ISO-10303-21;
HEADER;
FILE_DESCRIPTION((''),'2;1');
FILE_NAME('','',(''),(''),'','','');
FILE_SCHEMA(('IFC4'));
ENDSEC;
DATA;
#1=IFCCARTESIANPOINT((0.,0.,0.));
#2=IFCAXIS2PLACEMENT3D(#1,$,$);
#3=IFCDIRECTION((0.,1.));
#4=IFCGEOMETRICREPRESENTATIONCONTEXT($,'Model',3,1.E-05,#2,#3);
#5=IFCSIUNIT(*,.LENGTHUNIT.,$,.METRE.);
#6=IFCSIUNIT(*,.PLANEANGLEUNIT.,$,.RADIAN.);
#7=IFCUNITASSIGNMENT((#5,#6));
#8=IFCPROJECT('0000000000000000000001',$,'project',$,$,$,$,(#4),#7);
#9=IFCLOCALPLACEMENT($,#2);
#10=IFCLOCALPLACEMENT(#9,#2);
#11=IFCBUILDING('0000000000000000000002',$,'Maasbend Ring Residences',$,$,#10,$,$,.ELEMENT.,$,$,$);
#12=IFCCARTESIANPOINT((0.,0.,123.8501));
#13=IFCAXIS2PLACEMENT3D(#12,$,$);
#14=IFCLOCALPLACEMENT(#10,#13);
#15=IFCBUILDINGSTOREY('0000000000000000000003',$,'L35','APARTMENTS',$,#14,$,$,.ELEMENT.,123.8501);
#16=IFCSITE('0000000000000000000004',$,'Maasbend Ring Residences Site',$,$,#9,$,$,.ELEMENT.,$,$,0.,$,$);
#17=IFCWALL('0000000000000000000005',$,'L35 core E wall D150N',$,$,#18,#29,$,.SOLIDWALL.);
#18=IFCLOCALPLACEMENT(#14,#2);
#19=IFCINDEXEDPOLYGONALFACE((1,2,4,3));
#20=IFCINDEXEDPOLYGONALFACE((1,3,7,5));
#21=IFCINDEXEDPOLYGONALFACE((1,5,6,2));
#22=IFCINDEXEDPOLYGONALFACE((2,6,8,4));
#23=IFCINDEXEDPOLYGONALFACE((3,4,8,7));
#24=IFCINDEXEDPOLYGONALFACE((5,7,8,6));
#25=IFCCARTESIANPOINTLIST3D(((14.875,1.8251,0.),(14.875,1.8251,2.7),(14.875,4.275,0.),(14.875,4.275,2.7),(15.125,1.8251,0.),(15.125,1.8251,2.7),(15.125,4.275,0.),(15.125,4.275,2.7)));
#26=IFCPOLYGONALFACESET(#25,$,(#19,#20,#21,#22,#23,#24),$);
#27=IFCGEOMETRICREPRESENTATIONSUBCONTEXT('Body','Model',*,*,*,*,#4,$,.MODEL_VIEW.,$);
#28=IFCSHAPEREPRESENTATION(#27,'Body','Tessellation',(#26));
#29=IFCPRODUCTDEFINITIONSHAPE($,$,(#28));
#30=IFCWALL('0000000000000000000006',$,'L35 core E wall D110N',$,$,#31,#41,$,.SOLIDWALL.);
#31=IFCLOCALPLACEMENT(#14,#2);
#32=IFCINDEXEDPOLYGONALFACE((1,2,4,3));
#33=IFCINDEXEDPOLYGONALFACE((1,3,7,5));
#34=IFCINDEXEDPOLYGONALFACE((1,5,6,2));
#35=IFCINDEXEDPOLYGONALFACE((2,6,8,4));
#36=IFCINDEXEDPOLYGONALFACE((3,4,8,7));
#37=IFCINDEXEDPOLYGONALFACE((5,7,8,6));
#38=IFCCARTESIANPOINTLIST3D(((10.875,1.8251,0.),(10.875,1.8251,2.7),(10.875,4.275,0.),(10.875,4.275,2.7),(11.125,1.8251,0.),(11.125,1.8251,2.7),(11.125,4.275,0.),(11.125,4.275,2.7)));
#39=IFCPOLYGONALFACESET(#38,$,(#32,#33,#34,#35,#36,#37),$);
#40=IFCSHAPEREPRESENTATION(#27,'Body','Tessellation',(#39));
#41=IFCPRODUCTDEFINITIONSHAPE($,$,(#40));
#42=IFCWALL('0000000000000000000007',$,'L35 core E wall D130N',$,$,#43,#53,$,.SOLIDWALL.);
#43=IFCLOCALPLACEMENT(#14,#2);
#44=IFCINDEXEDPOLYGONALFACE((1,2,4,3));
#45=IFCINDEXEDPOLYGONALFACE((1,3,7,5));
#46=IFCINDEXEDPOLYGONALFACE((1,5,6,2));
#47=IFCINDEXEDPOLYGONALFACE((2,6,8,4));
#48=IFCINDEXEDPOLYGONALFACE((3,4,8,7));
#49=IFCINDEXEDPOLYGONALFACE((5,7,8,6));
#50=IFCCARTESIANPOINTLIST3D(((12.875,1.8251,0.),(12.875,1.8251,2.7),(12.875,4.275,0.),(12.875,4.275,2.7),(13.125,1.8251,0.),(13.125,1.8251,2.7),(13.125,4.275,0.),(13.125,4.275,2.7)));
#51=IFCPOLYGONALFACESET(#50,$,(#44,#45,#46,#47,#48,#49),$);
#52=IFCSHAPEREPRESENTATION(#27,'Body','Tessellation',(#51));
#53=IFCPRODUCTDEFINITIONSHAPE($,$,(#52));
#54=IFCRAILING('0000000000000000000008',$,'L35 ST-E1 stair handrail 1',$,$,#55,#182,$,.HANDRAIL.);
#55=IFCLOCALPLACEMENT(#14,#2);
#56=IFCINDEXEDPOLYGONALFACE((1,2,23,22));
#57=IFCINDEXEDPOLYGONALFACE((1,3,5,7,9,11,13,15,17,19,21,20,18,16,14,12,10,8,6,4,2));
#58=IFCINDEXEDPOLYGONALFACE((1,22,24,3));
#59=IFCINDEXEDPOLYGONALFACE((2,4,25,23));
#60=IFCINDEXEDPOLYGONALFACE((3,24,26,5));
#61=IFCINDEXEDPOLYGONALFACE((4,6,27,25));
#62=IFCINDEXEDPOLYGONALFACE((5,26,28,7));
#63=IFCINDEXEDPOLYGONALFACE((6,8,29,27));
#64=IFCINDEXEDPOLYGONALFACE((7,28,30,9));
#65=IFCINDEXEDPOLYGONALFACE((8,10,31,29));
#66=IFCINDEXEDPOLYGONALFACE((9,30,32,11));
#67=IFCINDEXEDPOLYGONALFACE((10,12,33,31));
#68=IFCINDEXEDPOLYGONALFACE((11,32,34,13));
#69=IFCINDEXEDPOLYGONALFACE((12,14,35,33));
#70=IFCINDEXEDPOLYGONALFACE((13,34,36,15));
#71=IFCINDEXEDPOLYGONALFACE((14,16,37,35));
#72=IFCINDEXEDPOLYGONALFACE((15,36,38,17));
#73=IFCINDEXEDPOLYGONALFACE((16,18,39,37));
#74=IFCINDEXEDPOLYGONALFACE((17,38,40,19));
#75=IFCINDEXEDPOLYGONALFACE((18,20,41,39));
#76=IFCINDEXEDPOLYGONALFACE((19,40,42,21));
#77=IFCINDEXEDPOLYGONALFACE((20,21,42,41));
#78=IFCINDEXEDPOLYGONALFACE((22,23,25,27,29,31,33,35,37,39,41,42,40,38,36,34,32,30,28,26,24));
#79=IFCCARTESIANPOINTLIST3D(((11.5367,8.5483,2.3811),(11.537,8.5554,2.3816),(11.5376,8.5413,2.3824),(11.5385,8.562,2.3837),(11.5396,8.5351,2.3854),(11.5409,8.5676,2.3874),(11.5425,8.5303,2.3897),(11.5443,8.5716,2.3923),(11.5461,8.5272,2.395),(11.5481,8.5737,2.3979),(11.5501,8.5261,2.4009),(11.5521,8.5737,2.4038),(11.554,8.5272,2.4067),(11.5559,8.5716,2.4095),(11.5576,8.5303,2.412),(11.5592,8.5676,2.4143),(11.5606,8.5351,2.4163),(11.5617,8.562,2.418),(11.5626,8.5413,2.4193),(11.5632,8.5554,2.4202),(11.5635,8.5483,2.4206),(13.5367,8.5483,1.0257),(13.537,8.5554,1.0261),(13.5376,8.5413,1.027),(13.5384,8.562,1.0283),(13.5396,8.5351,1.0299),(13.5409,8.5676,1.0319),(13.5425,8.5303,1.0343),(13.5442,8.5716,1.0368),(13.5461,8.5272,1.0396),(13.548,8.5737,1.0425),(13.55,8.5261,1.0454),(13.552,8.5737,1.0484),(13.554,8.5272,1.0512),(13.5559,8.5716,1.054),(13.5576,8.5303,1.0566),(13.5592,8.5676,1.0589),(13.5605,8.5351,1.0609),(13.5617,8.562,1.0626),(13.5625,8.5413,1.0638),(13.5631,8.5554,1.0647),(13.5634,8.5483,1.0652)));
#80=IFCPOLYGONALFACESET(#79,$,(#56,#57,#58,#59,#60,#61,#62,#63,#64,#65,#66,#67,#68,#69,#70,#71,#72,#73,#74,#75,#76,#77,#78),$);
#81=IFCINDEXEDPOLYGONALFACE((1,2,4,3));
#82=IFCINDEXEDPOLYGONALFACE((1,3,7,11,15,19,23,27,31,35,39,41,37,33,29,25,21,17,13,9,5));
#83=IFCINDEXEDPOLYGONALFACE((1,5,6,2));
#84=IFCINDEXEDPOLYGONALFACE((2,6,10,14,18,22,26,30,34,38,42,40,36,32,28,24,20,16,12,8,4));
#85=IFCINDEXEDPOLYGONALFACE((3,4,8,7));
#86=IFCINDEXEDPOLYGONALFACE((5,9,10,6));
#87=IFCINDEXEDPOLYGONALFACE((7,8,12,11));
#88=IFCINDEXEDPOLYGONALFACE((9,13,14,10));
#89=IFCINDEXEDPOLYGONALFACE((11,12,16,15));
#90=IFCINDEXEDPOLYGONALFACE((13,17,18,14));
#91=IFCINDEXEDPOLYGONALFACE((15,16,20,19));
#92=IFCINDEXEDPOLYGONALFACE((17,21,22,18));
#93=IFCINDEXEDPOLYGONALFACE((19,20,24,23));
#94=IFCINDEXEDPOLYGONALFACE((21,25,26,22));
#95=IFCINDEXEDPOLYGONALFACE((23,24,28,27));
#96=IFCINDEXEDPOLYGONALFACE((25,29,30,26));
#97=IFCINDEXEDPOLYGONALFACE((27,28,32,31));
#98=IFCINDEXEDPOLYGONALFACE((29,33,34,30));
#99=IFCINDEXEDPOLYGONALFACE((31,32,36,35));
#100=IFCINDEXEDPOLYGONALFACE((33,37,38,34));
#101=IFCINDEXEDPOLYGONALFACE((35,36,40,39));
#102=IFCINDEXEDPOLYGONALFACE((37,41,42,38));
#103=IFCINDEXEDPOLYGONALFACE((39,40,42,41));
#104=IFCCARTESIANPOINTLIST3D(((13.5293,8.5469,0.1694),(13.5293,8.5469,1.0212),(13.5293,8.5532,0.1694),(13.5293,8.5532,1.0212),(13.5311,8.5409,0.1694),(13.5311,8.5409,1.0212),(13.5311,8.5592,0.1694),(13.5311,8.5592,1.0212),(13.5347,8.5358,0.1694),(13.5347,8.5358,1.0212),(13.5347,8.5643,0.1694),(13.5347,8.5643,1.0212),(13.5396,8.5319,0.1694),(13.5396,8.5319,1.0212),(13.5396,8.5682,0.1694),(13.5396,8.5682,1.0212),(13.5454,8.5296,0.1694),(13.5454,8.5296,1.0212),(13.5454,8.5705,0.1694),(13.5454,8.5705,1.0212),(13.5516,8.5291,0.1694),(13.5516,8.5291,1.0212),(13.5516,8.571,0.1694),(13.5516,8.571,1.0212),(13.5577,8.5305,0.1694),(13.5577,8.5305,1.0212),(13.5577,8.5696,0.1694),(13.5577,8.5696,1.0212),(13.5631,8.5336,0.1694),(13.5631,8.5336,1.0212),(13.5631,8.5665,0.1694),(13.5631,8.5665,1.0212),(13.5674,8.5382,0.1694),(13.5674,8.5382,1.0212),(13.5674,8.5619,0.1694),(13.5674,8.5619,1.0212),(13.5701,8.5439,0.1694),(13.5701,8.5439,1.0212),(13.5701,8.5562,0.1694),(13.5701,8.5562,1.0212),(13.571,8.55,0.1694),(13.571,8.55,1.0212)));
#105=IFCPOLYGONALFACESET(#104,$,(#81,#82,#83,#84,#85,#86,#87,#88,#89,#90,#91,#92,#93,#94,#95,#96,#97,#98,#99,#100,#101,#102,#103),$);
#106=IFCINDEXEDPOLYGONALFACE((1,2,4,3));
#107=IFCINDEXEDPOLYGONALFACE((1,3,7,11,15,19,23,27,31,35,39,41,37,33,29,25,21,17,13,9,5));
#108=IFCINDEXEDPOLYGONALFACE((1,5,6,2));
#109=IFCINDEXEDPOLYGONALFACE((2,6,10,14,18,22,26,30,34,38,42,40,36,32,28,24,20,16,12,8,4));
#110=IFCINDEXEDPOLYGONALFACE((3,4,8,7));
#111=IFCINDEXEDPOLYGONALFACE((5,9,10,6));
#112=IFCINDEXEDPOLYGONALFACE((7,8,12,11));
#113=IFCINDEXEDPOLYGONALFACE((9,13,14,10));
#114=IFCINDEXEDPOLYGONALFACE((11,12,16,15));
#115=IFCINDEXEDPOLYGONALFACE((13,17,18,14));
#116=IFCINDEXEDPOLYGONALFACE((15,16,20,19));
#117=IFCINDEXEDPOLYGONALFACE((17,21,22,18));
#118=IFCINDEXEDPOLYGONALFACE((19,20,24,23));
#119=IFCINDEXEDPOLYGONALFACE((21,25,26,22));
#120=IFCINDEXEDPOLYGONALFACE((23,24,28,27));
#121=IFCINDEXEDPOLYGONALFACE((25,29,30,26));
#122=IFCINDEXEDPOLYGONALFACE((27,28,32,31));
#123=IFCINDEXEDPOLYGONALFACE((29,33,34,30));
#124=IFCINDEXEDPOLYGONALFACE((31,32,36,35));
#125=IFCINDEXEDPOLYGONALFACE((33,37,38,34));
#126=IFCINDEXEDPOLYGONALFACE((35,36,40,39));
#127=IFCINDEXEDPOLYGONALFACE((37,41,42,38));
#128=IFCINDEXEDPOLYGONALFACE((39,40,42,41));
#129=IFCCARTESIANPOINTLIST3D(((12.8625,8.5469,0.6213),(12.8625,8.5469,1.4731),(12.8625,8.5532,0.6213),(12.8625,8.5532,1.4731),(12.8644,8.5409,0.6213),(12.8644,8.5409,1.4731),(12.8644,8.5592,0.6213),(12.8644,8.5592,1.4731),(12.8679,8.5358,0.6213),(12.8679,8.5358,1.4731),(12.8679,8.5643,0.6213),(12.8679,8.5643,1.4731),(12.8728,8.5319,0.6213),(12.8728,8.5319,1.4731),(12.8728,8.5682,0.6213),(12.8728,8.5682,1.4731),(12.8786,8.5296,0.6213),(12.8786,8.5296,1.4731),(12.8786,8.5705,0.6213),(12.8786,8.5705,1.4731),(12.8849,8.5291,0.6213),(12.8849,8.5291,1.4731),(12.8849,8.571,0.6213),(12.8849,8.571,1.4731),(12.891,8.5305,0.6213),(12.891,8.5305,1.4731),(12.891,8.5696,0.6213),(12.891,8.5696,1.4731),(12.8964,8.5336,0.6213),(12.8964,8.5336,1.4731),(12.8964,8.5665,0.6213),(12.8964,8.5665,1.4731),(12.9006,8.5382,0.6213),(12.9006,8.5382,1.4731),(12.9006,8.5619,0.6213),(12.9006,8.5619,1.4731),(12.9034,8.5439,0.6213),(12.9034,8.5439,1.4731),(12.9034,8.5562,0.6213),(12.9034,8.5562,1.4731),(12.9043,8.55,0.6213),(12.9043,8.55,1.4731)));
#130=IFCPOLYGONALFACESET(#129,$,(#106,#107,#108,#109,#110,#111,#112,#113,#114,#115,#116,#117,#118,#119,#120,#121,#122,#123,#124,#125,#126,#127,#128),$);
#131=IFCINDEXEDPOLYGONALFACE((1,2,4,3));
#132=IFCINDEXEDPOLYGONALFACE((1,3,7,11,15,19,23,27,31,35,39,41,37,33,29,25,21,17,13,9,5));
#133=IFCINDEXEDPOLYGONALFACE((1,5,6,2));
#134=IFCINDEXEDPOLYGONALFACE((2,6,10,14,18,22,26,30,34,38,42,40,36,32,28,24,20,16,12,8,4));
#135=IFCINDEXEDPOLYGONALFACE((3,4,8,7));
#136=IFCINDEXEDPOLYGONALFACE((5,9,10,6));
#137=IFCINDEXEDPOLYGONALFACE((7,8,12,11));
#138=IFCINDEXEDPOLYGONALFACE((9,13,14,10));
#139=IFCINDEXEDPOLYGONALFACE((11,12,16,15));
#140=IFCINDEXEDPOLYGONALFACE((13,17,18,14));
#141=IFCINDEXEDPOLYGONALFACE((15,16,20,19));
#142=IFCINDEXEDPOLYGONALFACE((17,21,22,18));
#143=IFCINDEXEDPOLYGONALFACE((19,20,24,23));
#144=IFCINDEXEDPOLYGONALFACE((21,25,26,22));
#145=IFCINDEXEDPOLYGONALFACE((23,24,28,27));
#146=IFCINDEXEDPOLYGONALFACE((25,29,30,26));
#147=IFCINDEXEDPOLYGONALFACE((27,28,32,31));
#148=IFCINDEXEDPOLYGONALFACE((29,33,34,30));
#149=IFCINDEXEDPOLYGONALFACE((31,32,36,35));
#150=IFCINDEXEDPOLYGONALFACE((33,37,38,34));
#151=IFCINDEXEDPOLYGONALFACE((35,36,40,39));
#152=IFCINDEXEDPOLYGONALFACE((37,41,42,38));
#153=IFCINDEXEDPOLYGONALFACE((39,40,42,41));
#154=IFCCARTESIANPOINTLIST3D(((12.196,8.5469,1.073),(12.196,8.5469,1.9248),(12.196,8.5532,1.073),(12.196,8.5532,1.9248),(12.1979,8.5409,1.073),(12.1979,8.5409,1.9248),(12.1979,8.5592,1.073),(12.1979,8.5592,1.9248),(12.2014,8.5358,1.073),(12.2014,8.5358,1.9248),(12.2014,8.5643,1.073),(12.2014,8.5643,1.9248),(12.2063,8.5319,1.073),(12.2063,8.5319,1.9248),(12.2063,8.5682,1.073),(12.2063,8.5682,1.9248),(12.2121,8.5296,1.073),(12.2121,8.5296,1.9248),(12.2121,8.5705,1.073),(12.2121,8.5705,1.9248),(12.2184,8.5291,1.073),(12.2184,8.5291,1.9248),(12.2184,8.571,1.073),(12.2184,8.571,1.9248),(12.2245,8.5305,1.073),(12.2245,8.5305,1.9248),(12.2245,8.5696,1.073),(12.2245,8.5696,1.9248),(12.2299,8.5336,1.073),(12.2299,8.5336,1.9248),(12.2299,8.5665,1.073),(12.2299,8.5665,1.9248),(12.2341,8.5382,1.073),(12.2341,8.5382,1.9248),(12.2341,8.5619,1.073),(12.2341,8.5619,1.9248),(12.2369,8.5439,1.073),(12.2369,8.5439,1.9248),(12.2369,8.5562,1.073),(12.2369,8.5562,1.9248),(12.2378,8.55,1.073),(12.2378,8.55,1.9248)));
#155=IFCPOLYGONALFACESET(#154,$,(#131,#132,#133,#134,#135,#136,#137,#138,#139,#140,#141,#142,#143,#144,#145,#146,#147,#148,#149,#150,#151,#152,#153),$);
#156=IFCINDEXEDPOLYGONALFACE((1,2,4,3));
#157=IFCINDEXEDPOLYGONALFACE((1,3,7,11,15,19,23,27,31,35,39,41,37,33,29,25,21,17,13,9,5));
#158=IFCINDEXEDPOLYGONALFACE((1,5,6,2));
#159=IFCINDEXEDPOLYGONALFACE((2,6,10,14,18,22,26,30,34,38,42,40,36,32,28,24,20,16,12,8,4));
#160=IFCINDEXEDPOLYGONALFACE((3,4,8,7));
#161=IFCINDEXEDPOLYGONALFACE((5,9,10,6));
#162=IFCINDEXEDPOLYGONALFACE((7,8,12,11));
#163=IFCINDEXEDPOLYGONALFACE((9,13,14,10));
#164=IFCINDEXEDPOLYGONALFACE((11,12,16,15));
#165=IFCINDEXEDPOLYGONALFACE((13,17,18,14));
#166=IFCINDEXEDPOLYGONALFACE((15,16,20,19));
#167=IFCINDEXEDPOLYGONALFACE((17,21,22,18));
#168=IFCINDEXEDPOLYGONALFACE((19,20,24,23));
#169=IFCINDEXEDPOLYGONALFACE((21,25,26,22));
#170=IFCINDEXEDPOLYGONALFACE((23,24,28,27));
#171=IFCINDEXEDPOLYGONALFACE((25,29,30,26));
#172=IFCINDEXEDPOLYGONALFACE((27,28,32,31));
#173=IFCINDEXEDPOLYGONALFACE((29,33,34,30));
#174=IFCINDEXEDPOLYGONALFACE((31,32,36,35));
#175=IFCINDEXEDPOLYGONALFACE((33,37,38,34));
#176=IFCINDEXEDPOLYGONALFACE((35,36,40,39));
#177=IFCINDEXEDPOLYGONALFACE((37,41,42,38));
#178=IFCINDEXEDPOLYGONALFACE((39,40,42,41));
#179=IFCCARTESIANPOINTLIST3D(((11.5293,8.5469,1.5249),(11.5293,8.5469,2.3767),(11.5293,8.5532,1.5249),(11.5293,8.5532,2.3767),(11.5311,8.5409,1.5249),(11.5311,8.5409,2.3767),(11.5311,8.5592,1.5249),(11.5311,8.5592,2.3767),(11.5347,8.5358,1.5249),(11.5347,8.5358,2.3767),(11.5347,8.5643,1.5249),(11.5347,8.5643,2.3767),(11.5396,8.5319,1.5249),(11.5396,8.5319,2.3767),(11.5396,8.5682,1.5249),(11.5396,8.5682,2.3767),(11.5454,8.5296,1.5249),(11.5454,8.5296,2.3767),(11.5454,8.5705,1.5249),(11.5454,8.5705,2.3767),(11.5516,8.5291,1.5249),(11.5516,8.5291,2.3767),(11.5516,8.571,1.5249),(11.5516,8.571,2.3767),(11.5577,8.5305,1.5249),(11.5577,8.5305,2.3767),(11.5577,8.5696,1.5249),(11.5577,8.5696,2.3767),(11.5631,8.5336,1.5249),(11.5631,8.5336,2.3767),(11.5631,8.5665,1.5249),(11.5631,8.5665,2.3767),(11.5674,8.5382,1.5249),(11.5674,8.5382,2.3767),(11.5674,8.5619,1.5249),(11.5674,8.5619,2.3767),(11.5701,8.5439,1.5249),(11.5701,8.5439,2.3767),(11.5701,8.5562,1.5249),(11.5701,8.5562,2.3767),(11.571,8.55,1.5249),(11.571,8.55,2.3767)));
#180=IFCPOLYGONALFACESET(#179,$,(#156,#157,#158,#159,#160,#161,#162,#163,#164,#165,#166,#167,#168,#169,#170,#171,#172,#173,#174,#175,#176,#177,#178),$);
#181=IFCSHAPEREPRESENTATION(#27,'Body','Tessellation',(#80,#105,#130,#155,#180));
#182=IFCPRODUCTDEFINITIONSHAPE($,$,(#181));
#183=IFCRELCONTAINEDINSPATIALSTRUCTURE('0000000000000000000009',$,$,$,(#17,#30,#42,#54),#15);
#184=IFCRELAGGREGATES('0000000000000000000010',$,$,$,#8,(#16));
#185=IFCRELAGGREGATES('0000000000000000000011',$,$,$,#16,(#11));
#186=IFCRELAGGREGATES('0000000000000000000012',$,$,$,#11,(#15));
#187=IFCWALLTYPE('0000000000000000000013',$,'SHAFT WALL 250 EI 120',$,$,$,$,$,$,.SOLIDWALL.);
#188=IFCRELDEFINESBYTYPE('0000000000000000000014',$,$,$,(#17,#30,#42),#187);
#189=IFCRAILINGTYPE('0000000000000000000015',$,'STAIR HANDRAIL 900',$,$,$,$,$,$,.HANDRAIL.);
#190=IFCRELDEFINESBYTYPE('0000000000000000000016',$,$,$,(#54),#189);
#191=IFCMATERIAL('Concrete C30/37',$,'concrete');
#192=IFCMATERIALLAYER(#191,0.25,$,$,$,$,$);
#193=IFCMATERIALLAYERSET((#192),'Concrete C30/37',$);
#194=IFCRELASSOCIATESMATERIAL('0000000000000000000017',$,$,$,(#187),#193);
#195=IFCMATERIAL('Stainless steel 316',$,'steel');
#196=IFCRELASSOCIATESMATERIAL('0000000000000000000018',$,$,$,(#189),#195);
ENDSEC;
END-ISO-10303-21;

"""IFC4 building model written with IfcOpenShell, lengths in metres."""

from ifc_helpers import new_model, si_unit, direction, frame, frame_2d, origin, origin_2d, place, context, subcontext, project, spatial, rectangle, circle, extrude, material, layer, layer_set, type_object, element, save


model = new_model("IFC4")

# Units and contexts
model_context = context("Model", 3, precision=1e-05, world=origin(), true_north=direction((0.0, 1.0)))
body_context = subcontext(model_context, "Body", "Model", "MODEL_VIEW")
ifc_project = project(units=[si_unit("LENGTHUNIT", "METRE"), si_unit("PLANEANGLEUNIT", "RADIAN")], contexts=[model_context])

# Site, building, storey
site_placement = place(None, origin())
site = spatial("IfcSite", under=ifc_project, at=site_placement, Name="Maasbend Ring Residences Site", CompositionType="ELEMENT", RefElevation=0.0)
building_placement = place(site_placement, origin())
building = spatial("IfcBuilding", under=site, at=building_placement, Name="Maasbend Ring Residences", CompositionType="ELEMENT")
storey_placement = place(building_placement, frame((0.0, 0.0, 123.8501)))
storey = spatial("IfcBuildingStorey", under=building, at=storey_placement, Name="L35", Description="APARTMENTS", CompositionType="ELEMENT", Elevation=123.8501)

# Walls
ifc_material_1 = material(Name="Concrete C30/37", Category="concrete")
ifc_layer_1 = layer(ifc_material_1, 0.25)
ifc_layer_set_1 = layer_set([ifc_layer_1], Name="Concrete C30/37")
wall_type_1 = type_object("IfcWallType", Name="SHAFT WALL 250 EI 120", PredefinedType="SOLIDWALL", material=ifc_layer_set_1)
for number, where, z_axis, x_axis, name in (
    (1, (15.0, 1.825, 0.0), (0.0, 0.0, 1.0), (0.0, 1.0, 0.0), "L35 core E wall D150N"),
    (2, (11.0, 1.825, 0.0), (0.0, 0.0, 1.0), (0.0, 1.0, 0.0), "L35 core E wall D110N"),
    (3, (13.0, 1.825, 0.0), (0.0, 0.0, 1.0), (0.0, 1.0, 0.0), "L35 core E wall D130N"),
):
    element("IfcWall", number, at=place(storey_placement, frame(where, z_axis=z_axis, x_axis=x_axis)), inside=storey, type_object=wall_type_1, Name=name, PredefinedType="SOLIDWALL", context=body_context, shape_type="SweptSolid", body=[
        extrude(rectangle(XDim=2.45, YDim=0.25, at=frame_2d((1.2251, 0.0))), origin(), (0.0, 0.0, 1.0), 2.7),
    ])

# Railing
ifc_material_2 = material(Name="Stainless steel 316", Category="steel")
railing_type_1 = type_object("IfcRailingType", Name="STAIR HANDRAIL 900", PredefinedType="HANDRAIL", material=ifc_material_2)
railing_1_placement = place(storey_placement, frame((13.55, 8.55, 0.1694)))
element("IfcRailing", 4, at=railing_1_placement, inside=storey, type_object=railing_type_1, Name="L35 ST-E1 stair handrail 1", PredefinedType="HANDRAIL", context=body_context, shape_type="SweptSolid", body=[
    extrude(circle(Radius=0.0239, at=origin_2d()), frame((0.0, 0.0, 0.876), z_axis=(-0.827798, 0.0, 0.561027), x_axis=(0.0, -1.0, 0.0)), (0.0, 0.0, 1.0), 2.416),
    extrude(circle(Radius=0.021, at=origin_2d()), origin(), (0.0, 0.0, 1.0), 0.8518),
    extrude(circle(Radius=0.021, at=origin_2d()), frame((-0.6667, 0.0, 0.4519)), (0.0, 0.0, 1.0), 0.8518),
    extrude(circle(Radius=0.021, at=origin_2d()), frame((-1.3333, 0.0, 0.9036)), (0.0, 0.0, 1.0), 0.8518),
    extrude(circle(Radius=0.021, at=origin_2d()), frame((-2.0, 0.0, 1.3555)), (0.0, 0.0, 1.0), 0.8518),
])

save(model, "model.ifc")
